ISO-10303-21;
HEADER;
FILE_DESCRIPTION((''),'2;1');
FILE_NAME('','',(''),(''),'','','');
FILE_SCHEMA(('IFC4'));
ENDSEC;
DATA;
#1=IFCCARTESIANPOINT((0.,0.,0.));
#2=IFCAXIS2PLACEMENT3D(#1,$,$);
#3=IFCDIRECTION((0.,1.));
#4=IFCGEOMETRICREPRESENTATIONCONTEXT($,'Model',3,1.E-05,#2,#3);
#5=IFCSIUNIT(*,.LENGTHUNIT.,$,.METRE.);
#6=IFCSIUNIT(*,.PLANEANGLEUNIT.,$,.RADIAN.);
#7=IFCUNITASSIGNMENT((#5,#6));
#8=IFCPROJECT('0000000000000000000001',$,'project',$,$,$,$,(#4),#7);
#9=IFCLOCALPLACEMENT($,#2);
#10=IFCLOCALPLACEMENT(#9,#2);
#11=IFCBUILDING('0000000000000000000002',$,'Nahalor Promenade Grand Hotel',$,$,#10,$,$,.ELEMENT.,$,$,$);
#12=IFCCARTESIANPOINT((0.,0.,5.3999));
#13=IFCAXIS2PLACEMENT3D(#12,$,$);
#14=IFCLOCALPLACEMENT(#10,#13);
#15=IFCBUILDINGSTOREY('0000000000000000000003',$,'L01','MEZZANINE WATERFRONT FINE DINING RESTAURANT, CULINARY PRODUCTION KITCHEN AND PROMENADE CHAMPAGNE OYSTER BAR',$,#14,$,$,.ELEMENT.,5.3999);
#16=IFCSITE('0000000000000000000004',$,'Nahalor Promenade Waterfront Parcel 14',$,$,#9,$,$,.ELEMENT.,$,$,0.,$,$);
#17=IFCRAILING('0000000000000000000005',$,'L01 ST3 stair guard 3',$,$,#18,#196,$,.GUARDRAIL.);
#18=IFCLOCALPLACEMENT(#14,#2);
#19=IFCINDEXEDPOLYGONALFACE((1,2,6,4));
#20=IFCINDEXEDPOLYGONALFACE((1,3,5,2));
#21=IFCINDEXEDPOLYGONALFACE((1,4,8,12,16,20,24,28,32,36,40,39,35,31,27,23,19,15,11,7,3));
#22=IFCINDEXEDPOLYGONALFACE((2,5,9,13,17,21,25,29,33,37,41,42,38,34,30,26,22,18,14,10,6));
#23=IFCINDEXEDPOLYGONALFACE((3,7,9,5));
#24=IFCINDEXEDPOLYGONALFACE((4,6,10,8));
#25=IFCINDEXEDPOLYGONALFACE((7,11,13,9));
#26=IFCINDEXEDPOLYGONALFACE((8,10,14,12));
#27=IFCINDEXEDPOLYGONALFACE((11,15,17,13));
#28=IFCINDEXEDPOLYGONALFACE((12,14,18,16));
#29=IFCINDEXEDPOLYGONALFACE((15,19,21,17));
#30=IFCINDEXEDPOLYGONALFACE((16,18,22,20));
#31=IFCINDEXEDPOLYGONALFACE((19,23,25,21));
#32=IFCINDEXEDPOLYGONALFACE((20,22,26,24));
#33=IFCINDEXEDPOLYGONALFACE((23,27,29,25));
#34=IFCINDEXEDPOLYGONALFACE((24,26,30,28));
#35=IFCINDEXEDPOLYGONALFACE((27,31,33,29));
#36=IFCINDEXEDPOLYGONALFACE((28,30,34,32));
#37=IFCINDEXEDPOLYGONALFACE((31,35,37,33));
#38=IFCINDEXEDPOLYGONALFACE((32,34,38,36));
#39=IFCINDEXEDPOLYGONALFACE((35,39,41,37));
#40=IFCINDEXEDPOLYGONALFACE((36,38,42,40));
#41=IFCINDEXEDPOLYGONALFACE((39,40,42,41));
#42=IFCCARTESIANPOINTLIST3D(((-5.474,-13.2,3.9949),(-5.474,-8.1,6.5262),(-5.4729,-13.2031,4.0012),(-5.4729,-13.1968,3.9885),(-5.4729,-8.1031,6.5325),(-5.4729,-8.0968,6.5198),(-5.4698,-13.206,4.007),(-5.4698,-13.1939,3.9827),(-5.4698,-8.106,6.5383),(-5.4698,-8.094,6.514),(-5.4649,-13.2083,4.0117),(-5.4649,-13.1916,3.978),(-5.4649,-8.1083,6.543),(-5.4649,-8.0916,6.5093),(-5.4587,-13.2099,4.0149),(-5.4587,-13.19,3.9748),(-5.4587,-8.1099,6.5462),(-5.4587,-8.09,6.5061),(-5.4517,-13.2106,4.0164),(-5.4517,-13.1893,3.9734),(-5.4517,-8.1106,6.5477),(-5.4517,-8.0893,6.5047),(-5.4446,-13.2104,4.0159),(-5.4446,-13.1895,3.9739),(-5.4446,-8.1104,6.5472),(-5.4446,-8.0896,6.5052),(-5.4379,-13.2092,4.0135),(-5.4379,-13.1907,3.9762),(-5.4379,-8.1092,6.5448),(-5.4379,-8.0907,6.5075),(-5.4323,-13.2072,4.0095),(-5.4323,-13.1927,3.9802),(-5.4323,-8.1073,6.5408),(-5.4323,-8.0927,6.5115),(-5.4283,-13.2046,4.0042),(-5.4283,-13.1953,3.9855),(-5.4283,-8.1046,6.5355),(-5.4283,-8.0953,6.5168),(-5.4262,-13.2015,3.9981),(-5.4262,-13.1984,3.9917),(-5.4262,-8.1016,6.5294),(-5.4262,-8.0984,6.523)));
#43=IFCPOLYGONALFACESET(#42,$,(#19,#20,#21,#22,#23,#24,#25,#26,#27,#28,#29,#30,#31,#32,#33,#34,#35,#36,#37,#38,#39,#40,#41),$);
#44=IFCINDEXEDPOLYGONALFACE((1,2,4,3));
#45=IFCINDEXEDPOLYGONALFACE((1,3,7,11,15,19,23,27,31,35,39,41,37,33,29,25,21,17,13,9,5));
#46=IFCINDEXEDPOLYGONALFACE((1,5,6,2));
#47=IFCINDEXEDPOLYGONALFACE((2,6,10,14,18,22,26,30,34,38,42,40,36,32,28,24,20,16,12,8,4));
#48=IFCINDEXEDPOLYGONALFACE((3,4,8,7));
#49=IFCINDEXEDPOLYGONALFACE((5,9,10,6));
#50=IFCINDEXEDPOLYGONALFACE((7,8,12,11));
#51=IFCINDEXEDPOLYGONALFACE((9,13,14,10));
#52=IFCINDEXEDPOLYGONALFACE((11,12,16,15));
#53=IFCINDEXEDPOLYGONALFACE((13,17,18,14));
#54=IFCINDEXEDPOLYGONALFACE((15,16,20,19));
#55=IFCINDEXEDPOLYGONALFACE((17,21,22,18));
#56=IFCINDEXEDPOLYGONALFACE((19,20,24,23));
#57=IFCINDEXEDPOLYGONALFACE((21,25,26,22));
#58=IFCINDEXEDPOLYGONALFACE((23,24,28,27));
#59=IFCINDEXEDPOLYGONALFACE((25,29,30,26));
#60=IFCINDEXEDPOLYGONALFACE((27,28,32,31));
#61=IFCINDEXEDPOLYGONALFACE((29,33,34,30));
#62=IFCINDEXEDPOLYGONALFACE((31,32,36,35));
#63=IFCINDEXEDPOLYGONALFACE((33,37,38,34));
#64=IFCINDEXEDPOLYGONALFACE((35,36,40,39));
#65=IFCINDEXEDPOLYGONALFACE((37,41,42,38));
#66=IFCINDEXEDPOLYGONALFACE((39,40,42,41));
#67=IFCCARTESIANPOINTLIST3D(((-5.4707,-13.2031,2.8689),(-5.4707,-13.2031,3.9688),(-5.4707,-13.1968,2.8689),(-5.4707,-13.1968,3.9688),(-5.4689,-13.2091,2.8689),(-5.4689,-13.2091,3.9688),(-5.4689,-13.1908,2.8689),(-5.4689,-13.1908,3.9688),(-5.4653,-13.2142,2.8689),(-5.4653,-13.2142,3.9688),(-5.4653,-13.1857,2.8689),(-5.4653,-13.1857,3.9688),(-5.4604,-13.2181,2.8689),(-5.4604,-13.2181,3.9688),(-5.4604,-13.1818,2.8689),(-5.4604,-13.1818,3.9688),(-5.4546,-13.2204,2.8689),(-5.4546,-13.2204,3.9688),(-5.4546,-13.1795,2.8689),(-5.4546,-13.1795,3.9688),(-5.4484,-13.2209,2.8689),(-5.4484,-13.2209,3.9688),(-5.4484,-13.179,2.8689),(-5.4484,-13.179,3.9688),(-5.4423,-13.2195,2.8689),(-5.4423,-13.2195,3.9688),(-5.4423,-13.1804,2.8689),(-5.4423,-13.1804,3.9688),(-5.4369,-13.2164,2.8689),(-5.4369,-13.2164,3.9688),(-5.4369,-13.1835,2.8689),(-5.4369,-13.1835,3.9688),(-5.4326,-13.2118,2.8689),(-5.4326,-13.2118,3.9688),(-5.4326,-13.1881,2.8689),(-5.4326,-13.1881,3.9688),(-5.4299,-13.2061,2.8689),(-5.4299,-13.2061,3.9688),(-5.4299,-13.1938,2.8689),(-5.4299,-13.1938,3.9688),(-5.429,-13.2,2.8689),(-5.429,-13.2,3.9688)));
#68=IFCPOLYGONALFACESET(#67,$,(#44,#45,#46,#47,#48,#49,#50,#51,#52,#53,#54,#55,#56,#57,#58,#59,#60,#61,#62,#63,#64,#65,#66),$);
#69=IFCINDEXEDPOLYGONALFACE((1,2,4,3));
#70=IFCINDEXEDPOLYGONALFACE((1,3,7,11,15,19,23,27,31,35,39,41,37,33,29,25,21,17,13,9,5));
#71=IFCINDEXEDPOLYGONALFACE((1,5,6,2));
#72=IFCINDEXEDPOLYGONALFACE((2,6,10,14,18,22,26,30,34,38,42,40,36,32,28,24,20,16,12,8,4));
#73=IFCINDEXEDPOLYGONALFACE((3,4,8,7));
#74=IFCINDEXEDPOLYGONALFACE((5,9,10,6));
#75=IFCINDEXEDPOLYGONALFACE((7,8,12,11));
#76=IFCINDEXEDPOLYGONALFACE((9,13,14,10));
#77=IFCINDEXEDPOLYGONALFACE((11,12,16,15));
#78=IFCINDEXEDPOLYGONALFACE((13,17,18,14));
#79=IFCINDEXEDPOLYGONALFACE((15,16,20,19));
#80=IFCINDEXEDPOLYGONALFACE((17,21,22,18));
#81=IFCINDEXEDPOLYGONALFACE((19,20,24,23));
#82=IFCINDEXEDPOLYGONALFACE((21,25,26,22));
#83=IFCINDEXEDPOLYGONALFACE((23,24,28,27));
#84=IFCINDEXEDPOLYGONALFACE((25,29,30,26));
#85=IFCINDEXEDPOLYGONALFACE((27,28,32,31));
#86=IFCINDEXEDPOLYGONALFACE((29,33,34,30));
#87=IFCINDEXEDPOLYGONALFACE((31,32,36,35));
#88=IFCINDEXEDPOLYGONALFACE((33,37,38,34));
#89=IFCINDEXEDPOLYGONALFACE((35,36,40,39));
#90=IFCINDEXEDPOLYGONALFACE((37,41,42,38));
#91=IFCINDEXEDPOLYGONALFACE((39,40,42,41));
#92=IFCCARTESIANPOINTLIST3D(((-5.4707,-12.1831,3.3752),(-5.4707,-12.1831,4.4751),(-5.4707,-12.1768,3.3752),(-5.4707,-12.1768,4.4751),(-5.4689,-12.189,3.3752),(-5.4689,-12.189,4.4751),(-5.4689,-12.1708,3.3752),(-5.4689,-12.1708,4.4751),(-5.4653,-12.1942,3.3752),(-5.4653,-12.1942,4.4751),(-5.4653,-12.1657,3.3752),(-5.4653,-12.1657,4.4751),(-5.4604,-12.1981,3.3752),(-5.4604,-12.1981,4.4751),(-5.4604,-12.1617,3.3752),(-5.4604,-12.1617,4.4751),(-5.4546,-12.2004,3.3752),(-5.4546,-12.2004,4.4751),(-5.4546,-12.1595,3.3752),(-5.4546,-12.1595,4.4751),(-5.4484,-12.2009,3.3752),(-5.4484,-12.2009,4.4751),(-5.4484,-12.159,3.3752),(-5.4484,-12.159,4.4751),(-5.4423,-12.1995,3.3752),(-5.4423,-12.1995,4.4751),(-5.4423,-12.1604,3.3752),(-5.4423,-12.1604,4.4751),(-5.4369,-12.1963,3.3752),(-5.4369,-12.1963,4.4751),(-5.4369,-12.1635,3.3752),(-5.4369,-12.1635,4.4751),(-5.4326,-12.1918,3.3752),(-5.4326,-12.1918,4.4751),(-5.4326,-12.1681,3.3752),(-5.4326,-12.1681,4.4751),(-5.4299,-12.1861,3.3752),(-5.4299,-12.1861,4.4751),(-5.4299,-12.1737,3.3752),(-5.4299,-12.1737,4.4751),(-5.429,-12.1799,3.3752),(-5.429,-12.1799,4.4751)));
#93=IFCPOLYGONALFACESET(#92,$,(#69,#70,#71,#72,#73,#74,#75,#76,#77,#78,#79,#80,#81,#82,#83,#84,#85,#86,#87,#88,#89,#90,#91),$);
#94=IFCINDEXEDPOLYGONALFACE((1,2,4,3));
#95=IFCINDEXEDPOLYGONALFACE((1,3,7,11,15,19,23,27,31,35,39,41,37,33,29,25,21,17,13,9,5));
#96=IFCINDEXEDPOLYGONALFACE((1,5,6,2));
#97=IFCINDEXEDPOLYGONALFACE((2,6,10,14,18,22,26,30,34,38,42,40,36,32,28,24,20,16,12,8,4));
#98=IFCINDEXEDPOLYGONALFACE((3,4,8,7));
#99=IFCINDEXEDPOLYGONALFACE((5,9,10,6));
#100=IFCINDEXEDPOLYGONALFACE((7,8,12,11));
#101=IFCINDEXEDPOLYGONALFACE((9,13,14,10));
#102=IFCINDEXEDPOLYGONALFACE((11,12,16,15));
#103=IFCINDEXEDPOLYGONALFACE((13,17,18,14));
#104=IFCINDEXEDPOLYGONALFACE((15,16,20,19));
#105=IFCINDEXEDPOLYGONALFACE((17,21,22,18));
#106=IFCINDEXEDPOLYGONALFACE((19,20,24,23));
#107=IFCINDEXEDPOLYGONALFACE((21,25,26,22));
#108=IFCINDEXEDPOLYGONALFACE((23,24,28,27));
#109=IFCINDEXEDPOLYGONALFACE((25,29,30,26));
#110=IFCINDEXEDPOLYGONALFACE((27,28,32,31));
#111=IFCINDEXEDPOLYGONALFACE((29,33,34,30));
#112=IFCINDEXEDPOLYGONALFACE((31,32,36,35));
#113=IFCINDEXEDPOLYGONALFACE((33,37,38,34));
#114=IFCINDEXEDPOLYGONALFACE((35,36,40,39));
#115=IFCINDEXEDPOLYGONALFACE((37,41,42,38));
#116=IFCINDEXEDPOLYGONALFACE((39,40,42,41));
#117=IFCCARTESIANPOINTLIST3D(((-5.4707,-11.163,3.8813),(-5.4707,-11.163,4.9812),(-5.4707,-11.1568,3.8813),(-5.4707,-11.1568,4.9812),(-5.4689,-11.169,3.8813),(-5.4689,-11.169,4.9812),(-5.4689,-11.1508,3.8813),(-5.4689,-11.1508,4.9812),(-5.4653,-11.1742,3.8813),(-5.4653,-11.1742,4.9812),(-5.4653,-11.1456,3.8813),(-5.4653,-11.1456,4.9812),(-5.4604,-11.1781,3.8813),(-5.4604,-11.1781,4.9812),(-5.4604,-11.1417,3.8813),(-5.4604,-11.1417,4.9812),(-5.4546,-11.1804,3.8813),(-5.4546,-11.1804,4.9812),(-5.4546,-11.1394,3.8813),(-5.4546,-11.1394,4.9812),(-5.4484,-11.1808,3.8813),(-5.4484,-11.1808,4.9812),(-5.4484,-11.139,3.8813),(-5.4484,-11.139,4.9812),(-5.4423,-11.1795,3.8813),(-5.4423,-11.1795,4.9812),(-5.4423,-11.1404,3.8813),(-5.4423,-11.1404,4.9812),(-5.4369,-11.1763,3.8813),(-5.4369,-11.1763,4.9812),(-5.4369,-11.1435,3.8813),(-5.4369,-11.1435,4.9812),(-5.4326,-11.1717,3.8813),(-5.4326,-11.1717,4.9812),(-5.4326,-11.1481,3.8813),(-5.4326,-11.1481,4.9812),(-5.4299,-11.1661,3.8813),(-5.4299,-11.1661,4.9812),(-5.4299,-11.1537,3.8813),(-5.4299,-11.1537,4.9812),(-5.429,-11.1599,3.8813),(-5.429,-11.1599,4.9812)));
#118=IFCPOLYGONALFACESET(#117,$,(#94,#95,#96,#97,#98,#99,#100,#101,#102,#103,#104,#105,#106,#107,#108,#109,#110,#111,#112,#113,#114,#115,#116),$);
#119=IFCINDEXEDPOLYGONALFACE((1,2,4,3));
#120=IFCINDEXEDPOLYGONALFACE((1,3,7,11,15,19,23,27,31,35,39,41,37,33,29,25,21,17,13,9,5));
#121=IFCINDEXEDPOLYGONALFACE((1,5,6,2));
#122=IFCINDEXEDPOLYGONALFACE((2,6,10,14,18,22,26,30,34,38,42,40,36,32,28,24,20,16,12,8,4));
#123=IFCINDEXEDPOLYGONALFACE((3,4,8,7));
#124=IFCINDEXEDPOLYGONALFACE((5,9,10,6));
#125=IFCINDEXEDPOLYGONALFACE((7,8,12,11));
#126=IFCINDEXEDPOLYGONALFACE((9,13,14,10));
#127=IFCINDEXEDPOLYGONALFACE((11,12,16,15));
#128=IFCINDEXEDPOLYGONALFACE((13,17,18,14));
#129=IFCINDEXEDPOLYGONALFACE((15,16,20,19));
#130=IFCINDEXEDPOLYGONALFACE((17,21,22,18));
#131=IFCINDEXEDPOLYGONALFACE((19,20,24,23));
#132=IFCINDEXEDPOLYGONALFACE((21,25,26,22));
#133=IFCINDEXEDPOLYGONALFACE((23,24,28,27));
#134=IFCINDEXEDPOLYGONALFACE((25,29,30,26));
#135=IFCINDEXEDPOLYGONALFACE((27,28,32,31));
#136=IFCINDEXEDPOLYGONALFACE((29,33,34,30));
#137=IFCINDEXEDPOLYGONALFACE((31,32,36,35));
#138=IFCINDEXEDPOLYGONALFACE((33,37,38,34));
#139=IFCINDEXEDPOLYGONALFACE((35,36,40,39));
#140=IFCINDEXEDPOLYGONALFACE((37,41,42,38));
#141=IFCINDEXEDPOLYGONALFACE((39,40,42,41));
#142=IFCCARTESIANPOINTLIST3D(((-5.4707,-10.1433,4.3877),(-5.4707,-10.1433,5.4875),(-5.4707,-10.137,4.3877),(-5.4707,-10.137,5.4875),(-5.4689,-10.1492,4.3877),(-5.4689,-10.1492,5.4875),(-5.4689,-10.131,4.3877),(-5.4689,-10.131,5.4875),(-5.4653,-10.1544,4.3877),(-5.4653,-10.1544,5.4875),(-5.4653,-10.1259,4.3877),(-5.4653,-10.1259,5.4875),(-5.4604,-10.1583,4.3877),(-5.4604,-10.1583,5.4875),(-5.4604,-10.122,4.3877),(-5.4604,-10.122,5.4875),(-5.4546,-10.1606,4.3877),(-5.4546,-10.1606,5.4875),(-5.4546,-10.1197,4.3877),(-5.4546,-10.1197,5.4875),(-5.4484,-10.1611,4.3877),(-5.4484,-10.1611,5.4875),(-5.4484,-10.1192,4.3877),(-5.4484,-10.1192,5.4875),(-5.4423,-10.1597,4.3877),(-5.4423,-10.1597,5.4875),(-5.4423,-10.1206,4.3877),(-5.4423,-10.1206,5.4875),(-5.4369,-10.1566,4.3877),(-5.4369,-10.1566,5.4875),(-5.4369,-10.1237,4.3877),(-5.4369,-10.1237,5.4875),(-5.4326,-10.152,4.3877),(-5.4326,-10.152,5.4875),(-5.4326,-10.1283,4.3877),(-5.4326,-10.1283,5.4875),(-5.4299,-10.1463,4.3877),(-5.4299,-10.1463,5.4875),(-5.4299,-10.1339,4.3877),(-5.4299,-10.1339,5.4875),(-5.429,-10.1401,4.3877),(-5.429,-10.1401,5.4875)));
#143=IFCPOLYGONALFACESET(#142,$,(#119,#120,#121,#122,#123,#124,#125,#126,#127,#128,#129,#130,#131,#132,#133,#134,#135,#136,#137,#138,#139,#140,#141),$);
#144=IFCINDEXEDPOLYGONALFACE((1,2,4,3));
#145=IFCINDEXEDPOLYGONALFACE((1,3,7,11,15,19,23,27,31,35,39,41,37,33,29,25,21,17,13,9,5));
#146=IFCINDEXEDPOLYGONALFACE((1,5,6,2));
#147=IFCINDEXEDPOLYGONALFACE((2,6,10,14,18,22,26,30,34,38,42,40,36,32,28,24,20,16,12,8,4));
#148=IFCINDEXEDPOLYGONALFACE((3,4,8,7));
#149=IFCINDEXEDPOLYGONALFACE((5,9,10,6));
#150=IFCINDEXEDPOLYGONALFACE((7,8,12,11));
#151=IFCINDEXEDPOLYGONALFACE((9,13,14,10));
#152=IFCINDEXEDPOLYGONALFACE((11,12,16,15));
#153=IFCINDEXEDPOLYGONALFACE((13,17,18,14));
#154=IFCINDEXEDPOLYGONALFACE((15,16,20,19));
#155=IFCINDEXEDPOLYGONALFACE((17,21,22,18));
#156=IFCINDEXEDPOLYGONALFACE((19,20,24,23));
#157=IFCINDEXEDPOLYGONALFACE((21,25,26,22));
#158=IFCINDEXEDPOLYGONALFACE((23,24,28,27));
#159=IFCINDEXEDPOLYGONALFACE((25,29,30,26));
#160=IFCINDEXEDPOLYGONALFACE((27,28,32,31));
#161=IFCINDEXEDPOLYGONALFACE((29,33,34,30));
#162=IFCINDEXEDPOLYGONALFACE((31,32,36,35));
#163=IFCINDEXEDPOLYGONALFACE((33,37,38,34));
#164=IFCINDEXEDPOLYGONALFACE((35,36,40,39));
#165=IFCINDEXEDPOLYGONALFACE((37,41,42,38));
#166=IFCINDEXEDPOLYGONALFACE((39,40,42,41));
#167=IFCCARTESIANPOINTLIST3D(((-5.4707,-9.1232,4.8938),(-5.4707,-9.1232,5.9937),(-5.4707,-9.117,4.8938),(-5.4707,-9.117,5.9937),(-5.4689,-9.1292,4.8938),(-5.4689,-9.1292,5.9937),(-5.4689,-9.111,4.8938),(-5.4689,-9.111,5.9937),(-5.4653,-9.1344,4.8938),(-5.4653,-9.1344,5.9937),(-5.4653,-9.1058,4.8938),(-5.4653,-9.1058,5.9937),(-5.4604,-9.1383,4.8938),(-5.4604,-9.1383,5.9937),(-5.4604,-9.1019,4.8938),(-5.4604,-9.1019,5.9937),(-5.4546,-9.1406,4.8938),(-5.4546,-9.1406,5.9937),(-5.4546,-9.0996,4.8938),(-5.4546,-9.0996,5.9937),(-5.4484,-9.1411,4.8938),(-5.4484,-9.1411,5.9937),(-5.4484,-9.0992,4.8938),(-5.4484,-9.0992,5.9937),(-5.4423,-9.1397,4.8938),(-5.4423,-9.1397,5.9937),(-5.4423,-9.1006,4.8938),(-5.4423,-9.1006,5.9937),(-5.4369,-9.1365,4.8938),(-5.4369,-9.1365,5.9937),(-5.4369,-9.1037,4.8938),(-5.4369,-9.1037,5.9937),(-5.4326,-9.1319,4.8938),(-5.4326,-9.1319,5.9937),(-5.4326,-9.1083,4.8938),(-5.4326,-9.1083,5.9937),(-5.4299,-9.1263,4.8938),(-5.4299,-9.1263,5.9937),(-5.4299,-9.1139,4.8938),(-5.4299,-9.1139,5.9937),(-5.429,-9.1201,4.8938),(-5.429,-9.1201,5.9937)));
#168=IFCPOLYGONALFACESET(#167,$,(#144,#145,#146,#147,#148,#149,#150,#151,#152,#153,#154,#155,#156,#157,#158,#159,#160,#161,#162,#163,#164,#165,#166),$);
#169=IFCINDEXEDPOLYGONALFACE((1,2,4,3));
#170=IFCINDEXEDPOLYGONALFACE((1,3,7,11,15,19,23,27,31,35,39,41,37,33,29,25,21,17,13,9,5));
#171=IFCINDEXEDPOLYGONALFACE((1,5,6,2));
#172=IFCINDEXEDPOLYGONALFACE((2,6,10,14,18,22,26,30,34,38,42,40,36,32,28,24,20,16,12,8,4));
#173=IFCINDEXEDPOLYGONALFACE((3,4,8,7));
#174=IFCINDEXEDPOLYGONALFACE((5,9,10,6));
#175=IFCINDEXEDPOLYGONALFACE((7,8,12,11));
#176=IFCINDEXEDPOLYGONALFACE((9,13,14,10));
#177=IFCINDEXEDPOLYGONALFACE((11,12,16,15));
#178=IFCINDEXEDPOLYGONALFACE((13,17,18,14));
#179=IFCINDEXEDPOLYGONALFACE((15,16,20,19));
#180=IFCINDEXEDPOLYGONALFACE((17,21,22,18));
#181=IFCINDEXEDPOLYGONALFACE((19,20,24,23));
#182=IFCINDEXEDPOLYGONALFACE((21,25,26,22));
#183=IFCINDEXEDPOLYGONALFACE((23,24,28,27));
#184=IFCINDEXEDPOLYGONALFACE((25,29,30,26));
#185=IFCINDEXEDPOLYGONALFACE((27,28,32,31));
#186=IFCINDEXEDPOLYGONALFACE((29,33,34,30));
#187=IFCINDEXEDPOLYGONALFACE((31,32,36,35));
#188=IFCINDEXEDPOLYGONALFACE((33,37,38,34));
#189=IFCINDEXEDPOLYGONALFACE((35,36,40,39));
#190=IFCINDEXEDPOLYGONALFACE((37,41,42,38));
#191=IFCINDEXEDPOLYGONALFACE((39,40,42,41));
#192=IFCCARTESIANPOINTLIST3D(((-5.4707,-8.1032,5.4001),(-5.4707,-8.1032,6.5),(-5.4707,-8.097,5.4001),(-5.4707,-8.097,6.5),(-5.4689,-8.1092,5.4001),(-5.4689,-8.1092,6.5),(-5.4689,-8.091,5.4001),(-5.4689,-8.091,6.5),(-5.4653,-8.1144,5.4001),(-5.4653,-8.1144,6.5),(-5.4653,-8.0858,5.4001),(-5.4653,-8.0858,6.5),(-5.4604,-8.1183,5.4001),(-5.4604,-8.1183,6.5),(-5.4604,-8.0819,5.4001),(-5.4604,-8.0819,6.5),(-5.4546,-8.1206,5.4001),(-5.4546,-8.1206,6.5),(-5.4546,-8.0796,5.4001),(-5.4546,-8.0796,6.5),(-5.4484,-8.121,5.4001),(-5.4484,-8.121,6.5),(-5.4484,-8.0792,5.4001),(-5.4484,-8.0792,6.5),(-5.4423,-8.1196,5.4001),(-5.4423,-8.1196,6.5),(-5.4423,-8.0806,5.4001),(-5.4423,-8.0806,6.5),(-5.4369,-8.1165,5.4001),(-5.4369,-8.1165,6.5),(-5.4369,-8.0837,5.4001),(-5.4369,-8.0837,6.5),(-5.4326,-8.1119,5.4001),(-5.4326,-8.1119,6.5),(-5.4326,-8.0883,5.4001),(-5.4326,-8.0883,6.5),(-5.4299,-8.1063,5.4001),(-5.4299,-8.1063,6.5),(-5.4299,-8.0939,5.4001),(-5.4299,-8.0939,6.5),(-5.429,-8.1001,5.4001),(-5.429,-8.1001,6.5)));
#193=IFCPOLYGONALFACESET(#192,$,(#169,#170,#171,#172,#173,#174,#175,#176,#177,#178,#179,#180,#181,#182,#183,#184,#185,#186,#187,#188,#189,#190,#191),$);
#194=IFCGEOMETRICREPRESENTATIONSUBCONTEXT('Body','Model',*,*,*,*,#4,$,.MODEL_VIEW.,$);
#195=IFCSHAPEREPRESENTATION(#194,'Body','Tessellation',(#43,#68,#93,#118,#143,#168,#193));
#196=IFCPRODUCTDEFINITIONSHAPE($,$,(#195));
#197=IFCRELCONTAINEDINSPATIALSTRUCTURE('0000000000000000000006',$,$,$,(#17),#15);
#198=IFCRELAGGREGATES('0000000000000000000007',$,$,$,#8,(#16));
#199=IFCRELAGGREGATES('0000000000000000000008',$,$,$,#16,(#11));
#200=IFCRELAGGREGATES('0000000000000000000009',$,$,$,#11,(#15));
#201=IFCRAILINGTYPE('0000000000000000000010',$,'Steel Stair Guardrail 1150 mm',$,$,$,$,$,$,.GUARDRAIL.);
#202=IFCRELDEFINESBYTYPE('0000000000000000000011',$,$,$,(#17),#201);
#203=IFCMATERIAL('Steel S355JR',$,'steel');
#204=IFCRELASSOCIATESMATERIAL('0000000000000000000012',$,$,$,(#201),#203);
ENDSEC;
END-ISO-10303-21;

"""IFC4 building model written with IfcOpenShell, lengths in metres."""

from ifc_helpers import new_model, si_unit, direction, frame, origin, origin_2d, place, context, subcontext, project, spatial, circle, extrude, material, type_object, element, save


model = new_model("IFC4")

# Units and contexts
model_context = context("Model", 3, precision=1e-05, world=origin(), true_north=direction((0.0, 1.0)))
body_context = subcontext(model_context, "Body", "Model", "MODEL_VIEW")
ifc_project = project(units=[si_unit("LENGTHUNIT", "METRE"), si_unit("PLANEANGLEUNIT", "RADIAN")], contexts=[model_context])

# Site, building, storey
site_placement = place(None, origin())
site = spatial("IfcSite", under=ifc_project, at=site_placement, Name="Nahalor Promenade Waterfront Parcel 14", CompositionType="ELEMENT", RefElevation=0.0)
building_placement = place(site_placement, origin())
building = spatial("IfcBuilding", under=site, at=building_placement, Name="Nahalor Promenade Grand Hotel", CompositionType="ELEMENT")
storey_placement = place(building_placement, frame((0.0, 0.0, 5.3999)))
storey = spatial("IfcBuildingStorey", under=building, at=storey_placement, Name="L01", Description="MEZZANINE WATERFRONT FINE DINING RESTAURANT, CULINARY PRODUCTION KITCHEN AND PROMENADE CHAMPAGNE OYSTER BAR", CompositionType="ELEMENT", Elevation=5.3999)

# Shared definitions
ifc_material_1 = material(Name="Steel S355JR", Category="steel")

# Railing
railing_type_1 = type_object("IfcRailingType", Name="Steel Stair Guardrail 1150 mm", PredefinedType="GUARDRAIL", material=ifc_material_1)
railing_1_placement = place(storey_placement, frame((-5.45, -13.2, 2.8689)))
element("IfcRailing", 1, at=railing_1_placement, inside=storey, type_object=railing_type_1, Name="L01 ST3 stair guard 3", PredefinedType="GUARDRAIL", context=body_context, shape_type="SweptSolid", body=[
    extrude(circle(Radius=0.024, at=origin_2d()), frame((0.0, 0.0, 1.126), z_axis=(0.0, 0.895735, 0.444587), x_axis=(-1.0, 0.0, 0.0)), (0.0, 0.0, 1.0), 5.6936),
    extrude(circle(Radius=0.021, at=origin_2d()), origin(), (0.0, 0.0, 1.0), 1.0999),
    extrude(circle(Radius=0.021, at=origin_2d()), frame((0.0, 1.02, 0.5063)), (0.0, 0.0, 1.0), 1.0999),
    extrude(circle(Radius=0.021, at=origin_2d()), frame((0.0, 2.04, 1.0125)), (0.0, 0.0, 1.0), 1.0999),
    extrude(circle(Radius=0.021, at=origin_2d()), frame((0.0, 3.0598, 1.5188)), (0.0, 0.0, 1.0), 1.0999),
    extrude(circle(Radius=0.021, at=origin_2d()), frame((0.0, 4.0798, 2.0249)), (0.0, 0.0, 1.0), 1.0999),
    extrude(circle(Radius=0.021, at=origin_2d()), frame((0.0, 5.0999, 2.5312)), (0.0, 0.0, 1.0), 1.0999),
])

save(model, "model.ifc")
